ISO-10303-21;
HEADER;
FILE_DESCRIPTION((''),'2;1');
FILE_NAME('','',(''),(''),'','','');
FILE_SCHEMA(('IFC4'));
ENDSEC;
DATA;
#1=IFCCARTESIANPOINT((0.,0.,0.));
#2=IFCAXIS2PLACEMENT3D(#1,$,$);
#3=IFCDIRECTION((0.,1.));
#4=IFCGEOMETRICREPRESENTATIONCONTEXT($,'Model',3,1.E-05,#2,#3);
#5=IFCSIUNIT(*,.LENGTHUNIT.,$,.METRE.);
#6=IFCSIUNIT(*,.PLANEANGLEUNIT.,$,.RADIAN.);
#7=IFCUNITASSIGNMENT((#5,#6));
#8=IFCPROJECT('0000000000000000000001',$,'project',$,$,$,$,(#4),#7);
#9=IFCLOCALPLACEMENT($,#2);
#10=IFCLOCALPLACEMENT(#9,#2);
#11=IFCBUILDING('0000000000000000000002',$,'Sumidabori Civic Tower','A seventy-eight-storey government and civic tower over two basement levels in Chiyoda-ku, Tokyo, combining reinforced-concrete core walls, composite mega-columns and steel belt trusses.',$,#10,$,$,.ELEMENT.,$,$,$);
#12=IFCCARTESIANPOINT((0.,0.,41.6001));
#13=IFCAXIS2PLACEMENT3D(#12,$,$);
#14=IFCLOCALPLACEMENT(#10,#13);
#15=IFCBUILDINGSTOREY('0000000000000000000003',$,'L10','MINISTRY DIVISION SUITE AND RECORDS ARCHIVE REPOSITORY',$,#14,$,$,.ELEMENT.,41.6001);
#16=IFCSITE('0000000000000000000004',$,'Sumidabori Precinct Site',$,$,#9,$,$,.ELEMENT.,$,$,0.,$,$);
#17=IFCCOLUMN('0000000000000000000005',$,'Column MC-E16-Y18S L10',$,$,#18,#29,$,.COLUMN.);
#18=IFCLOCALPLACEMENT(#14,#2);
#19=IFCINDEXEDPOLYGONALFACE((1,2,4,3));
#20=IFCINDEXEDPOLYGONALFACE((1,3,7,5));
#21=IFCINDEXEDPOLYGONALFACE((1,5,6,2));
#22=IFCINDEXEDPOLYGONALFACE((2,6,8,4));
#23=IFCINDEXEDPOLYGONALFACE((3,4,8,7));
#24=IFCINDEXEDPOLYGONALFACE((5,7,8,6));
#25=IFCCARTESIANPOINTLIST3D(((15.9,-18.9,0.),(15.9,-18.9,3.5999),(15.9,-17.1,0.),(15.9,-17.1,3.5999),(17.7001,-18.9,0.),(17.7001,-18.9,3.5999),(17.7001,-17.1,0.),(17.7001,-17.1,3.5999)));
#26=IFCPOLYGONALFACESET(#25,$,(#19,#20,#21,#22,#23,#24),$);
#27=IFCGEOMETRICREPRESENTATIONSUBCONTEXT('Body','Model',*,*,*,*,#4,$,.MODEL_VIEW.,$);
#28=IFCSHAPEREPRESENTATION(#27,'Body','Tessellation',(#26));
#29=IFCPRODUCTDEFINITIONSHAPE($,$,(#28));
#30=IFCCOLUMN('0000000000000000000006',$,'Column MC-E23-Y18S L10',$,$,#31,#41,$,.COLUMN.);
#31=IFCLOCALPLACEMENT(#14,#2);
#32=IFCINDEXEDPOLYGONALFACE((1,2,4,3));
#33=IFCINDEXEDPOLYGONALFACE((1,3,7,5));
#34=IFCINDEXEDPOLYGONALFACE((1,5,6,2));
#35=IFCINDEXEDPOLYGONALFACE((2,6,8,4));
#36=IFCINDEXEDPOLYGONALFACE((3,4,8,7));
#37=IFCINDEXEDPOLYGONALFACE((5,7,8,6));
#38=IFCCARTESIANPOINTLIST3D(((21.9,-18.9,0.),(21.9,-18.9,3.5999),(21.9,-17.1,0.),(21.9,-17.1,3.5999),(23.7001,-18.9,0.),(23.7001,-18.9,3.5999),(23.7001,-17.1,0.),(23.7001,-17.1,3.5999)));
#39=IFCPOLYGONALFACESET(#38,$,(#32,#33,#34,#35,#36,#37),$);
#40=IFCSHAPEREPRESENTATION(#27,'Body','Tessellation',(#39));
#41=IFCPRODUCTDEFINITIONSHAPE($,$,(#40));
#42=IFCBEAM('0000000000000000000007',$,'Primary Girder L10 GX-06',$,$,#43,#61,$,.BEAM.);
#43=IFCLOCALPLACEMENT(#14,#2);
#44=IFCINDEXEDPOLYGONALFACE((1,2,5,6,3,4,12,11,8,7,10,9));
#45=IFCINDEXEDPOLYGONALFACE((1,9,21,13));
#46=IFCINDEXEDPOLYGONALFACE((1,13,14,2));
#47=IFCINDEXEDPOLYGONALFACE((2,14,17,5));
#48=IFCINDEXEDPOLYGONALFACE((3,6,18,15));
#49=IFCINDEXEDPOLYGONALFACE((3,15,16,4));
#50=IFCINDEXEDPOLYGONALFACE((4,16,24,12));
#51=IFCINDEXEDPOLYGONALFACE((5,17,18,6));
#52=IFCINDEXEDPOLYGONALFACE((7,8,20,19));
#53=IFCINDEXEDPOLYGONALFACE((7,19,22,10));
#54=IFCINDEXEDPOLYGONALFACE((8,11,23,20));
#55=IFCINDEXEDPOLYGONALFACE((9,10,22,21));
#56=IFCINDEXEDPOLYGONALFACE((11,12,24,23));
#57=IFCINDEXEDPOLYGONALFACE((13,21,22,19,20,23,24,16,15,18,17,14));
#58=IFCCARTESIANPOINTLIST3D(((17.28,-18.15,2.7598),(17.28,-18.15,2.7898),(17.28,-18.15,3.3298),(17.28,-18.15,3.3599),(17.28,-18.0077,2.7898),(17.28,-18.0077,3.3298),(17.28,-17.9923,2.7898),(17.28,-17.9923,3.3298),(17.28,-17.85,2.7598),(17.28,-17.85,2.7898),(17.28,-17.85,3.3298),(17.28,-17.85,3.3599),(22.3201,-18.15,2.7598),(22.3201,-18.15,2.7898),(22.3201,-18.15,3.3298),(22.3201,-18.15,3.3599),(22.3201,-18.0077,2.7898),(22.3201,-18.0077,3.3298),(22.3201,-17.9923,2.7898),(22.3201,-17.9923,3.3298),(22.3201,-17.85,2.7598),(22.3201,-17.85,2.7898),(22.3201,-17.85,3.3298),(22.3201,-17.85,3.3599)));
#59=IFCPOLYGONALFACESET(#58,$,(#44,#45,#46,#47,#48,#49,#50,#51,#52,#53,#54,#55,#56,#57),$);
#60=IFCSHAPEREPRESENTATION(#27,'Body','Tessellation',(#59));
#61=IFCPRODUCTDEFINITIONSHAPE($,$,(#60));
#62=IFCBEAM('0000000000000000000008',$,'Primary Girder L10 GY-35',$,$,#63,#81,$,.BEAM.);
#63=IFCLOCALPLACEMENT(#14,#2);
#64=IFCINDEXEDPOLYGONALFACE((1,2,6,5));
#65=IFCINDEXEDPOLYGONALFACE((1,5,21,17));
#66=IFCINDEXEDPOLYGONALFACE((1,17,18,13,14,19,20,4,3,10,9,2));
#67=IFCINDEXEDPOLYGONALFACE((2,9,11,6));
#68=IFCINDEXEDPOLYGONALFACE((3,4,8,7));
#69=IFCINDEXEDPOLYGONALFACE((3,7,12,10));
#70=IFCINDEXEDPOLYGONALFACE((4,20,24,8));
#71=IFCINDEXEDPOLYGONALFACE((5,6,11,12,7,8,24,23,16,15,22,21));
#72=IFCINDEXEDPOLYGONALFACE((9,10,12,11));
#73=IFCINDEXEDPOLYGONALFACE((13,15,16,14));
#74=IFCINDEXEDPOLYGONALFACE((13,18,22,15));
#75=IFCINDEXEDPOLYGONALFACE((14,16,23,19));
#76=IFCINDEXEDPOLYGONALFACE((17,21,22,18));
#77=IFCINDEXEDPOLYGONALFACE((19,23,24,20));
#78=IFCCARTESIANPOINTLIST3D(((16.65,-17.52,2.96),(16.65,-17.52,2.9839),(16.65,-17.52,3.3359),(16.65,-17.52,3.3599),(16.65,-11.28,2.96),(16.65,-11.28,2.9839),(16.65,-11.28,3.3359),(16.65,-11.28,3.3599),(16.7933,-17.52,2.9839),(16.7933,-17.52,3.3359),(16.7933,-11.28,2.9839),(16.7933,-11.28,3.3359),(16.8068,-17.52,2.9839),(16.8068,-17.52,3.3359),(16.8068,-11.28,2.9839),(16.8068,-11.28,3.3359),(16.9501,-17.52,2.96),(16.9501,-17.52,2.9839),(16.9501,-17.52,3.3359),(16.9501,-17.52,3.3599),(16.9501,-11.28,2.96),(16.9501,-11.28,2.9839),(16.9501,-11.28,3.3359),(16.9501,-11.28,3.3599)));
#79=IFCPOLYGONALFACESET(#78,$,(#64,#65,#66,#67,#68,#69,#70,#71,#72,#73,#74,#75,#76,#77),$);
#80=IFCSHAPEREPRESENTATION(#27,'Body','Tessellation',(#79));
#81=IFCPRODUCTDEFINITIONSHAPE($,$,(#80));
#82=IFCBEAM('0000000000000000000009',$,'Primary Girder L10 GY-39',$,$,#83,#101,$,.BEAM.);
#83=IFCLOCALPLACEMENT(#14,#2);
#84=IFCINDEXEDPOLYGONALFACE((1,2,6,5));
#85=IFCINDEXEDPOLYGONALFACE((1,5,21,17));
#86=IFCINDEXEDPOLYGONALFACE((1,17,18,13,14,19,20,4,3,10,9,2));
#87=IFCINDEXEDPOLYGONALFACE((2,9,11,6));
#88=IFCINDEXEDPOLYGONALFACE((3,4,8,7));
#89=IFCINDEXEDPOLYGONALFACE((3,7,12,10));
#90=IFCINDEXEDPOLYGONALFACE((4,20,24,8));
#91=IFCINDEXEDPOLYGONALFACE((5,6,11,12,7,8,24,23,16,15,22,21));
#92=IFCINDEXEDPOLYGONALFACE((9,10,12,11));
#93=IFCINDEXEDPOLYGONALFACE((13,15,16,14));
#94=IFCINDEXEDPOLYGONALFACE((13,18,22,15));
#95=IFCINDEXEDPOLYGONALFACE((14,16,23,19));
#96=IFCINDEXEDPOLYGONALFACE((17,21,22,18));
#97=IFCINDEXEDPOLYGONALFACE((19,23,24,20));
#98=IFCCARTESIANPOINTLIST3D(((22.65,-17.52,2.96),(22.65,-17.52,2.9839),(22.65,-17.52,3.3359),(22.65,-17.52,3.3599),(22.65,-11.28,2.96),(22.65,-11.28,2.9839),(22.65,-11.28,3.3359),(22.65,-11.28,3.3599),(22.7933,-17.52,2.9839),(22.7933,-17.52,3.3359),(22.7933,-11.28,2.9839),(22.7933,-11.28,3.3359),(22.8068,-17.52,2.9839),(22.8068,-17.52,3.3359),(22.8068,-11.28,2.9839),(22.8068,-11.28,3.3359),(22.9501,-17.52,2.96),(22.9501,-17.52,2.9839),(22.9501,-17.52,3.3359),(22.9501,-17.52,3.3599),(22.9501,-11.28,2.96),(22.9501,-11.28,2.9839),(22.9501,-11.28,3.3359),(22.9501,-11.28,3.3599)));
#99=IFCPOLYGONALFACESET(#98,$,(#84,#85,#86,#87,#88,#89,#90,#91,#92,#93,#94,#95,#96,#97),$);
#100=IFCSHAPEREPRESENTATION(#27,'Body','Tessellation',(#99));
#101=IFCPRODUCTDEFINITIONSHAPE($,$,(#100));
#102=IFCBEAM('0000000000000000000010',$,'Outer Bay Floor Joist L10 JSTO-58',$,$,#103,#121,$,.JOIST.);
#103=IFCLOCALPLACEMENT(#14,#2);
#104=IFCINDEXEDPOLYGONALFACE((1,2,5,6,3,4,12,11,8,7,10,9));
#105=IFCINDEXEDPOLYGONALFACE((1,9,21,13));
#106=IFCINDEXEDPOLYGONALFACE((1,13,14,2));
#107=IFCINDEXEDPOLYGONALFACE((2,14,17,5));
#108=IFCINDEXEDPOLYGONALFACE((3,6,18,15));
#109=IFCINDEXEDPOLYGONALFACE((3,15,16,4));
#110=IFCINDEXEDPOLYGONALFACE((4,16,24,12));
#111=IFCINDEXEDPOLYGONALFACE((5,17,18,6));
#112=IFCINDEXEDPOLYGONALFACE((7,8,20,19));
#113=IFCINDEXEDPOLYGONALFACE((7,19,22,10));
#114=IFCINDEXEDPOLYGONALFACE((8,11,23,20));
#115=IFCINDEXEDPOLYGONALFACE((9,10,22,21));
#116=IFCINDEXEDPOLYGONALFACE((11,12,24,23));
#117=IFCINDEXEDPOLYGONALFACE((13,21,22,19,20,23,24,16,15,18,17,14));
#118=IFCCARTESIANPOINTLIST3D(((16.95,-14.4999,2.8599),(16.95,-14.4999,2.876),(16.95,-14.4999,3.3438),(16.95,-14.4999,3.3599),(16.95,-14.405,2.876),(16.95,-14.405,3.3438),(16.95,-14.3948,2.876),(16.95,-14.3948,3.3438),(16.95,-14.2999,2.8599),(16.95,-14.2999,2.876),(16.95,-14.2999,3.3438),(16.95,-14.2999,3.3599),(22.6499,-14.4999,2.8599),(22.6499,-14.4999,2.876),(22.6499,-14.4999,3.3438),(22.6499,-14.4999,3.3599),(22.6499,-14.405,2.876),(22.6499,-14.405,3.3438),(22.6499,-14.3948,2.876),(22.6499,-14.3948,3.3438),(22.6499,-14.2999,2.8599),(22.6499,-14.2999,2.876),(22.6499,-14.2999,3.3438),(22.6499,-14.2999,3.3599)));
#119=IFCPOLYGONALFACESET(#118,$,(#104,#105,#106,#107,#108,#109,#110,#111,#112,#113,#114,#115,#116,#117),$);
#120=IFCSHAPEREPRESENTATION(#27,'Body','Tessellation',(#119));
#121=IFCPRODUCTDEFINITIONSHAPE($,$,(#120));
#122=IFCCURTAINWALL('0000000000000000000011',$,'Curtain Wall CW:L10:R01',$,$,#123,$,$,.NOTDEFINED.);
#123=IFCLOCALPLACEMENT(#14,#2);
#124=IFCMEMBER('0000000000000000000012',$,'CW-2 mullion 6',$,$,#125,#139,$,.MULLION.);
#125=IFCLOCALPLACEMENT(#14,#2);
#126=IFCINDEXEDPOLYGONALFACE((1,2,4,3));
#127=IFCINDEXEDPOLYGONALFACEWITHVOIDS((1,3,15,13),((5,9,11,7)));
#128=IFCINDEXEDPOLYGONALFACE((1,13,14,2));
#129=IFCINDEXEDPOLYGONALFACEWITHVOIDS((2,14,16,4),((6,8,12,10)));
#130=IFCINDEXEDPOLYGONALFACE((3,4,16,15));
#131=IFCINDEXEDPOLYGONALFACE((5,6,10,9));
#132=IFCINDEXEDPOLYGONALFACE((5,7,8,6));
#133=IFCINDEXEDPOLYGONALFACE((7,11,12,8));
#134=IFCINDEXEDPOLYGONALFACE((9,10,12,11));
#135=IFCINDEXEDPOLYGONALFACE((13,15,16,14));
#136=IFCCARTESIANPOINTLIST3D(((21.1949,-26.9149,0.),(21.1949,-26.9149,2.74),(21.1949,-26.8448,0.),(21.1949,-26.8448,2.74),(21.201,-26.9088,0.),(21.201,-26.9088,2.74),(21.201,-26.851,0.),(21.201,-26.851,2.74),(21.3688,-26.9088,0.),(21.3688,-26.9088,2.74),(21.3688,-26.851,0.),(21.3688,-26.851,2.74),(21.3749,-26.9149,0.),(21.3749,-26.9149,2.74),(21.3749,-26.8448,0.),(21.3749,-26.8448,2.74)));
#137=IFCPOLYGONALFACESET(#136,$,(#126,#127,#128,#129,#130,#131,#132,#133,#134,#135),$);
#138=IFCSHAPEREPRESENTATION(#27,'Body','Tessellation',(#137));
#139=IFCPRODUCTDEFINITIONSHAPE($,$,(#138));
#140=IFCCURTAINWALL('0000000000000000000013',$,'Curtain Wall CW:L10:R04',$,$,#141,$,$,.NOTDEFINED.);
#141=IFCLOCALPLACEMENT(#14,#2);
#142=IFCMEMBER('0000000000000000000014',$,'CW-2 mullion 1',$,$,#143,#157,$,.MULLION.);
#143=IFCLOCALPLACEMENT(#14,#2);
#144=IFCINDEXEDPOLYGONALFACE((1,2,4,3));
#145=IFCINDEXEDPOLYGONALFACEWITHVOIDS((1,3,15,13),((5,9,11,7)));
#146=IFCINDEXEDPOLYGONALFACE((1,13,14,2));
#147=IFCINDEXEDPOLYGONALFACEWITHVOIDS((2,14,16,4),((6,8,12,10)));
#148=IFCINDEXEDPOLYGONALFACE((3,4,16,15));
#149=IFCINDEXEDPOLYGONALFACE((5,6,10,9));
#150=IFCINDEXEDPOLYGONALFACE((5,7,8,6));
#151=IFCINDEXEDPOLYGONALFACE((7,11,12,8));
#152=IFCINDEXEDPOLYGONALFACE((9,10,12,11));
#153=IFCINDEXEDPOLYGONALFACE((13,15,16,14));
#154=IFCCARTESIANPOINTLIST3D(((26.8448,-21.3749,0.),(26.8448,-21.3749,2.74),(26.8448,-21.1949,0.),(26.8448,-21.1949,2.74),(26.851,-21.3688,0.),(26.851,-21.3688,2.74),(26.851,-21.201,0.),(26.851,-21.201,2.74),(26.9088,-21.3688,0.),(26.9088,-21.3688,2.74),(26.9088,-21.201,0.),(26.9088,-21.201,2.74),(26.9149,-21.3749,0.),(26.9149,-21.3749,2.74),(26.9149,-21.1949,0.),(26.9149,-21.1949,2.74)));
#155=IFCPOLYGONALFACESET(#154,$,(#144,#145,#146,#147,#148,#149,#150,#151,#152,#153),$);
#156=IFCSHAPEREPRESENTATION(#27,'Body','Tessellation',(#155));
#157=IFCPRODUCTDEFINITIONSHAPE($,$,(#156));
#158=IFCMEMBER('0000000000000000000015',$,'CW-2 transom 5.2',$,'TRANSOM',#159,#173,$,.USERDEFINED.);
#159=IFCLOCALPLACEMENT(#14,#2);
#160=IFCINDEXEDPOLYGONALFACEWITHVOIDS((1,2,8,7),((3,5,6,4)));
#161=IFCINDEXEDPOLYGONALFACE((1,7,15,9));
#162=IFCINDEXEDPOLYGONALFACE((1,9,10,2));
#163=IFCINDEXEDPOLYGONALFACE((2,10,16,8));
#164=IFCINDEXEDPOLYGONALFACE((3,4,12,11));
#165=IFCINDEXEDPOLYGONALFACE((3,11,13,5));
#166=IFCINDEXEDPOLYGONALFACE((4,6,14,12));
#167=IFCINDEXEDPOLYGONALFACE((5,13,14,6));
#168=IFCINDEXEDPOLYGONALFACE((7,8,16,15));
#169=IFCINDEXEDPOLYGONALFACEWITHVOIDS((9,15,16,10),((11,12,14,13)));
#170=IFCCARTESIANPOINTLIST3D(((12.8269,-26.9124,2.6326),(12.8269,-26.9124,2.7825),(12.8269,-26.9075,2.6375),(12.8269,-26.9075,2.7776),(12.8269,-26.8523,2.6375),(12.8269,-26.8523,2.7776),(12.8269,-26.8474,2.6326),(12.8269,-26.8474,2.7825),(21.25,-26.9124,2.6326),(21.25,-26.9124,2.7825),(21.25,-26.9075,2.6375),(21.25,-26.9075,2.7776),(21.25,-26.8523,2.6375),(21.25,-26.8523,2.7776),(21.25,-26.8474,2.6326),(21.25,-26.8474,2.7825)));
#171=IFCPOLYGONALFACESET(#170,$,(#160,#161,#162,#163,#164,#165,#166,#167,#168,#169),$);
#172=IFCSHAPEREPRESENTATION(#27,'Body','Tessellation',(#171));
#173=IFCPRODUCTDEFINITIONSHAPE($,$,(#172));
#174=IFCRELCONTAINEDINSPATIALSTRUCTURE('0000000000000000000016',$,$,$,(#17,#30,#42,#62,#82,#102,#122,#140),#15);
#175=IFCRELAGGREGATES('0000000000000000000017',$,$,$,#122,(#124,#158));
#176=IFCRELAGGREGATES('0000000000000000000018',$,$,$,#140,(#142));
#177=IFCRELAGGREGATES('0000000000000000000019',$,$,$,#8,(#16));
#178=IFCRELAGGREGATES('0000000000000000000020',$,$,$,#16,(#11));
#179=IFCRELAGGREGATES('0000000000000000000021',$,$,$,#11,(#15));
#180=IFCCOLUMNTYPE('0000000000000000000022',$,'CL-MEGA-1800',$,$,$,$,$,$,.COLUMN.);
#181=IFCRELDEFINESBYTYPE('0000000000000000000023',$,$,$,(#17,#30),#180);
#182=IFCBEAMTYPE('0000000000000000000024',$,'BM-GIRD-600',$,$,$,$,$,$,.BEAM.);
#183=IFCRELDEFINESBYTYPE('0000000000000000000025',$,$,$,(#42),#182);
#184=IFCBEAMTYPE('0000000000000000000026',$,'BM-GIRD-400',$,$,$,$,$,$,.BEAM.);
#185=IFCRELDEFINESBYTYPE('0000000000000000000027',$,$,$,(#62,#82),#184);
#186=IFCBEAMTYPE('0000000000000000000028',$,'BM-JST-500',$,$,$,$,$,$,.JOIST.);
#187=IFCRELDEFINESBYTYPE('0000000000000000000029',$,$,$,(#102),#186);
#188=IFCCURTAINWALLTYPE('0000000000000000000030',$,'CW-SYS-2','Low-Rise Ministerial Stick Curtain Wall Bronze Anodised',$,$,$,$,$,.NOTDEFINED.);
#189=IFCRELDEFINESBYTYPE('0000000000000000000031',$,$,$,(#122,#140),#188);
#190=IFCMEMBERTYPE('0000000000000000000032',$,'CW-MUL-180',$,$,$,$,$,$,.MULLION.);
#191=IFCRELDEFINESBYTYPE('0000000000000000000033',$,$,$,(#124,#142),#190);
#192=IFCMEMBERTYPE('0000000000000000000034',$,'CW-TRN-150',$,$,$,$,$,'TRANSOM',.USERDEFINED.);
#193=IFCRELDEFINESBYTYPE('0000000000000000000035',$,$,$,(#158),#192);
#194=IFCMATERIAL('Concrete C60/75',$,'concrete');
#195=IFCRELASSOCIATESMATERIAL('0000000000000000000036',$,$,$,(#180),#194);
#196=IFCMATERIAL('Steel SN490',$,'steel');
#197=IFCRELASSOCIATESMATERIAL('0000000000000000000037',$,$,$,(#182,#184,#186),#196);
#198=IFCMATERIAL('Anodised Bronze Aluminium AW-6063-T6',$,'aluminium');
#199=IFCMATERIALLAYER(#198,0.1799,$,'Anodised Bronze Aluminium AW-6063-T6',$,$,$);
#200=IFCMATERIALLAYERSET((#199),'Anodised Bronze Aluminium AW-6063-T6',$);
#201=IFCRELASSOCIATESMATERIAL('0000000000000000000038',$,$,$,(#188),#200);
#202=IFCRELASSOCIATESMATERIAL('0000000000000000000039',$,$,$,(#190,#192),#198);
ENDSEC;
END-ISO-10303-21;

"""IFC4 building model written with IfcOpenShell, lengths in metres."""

from ifc_helpers import new_model, si_unit, direction, frame, origin, origin_2d, place, context, subcontext, project, spatial, rectangle, hollow_rectangle, i_section, extrude, source, transform, mapped, material, layer, layer_set, material_profile, profile_set, type_object, element, aggregate, save


model = new_model("IFC4")

# Units and contexts
model_context = context("Model", 3, precision=1e-05, world=origin(), true_north=direction((0.0, 1.0)))
body_context = subcontext(model_context, "Body", "Model", "MODEL_VIEW")
ifc_project = project(units=[si_unit("LENGTHUNIT", "METRE"), si_unit("PLANEANGLEUNIT", "RADIAN")], contexts=[model_context])

# Site, building, storey
site_placement = place(None, origin())
site = spatial("IfcSite", under=ifc_project, at=site_placement, Name="Sumidabori Precinct Site", CompositionType="ELEMENT", RefElevation=0.0)
building_placement = place(site_placement, origin())
building = spatial("IfcBuilding", under=site, at=building_placement, Name="Sumidabori Civic Tower", Description="A seventy-eight-storey government and civic tower over two basement levels in Chiyoda-ku, Tokyo, combining reinforced-concrete core walls, composite mega-columns and steel belt trusses.", CompositionType="ELEMENT")
storey_placement = place(building_placement, frame((0.0, 0.0, 41.6001)))
storey = spatial("IfcBuildingStorey", under=building, at=storey_placement, Name="L10", Description="MINISTRY DIVISION SUITE AND RECORDS ARCHIVE REPOSITORY", CompositionType="ELEMENT", Elevation=41.6001)

# Columns
ifc_material_1 = material(Name="Concrete C60/75", Category="concrete")
ifc_material_profile_1 = material_profile(ifc_material_1, rectangle(XDim=1.8, YDim=1.8, at=origin_2d()), Name="RC 1800x1800")
ifc_profile_set_1 = profile_set([ifc_material_profile_1], Name="Concrete C60/75")
column_type = type_object("IfcColumnType", Name="CL-MEGA-1800", PredefinedType="COLUMN", material=ifc_profile_set_1)
shared_shape_1 = source(origin(), body_context, "Body", "SweptSolid", [
    extrude(rectangle(XDim=1.8, YDim=1.8, at=origin_2d()), origin(), (0.0, 0.0, 1.0), 3.5999),
])
for number, where, z_axis, x_axis, name in (
    (1, (16.8, -18.0, 0.0), (0.0, 0.0, 1.0), (1.0, 0.0, 0.0), "Column MC-E16-Y18S L10"),
    (2, (22.8, -18.0, 0.0), (0.0, 0.0, 1.0), (1.0, 0.0, 0.0), "Column MC-E23-Y18S L10"),
):
    element("IfcColumn", number, at=place(storey_placement, frame(where, z_axis=z_axis, x_axis=x_axis)), inside=storey, type_object=column_type, Name=name, PredefinedType="COLUMN", context=body_context, shape_type="MappedRepresentation", body=[
        mapped(shared_shape_1, transform((0.0, 0.0, 0.0), x_axis=(1.0, 0.0, 0.0), y_axis=(0.0, 1.0, 0.0), z_axis=(0.0, 0.0, 1.0), scale=1.0)),
    ])

# Beams
ifc_material_2 = material(Name="Steel SN490", Category="steel")
ifc_material_profile_2 = material_profile(ifc_material_2, i_section(OverallWidth=0.3, OverallDepth=0.6001, WebThickness=0.0154, FlangeThickness=0.03, at=origin_2d()), Name="HE 600 B")
ifc_profile_set_2 = profile_set([ifc_material_profile_2], Name="Steel SN490")
beam_type_1 = type_object("IfcBeamType", Name="BM-GIRD-600", PredefinedType="BEAM", material=ifc_profile_set_2)
shared_shape_2 = source(origin(), body_context, "Body", "SweptSolid", [
    extrude(i_section(OverallWidth=0.3, OverallDepth=0.6001, WebThickness=0.0154, FlangeThickness=0.03, at=origin_2d()), origin(), (0.0, 0.0, 1.0), 5.04),
])
beam_1_placement = place(storey_placement, frame((17.28, -18.0, 3.0598), z_axis=(1.0, 0.0, 0.0), x_axis=(0.0, 1.0, 0.0)))
element("IfcBeam", 3, at=beam_1_placement, inside=storey, type_object=beam_type_1, Name="Primary Girder L10 GX-06", PredefinedType="BEAM", context=body_context, shape_type="MappedRepresentation", body=[
    mapped(shared_shape_2, transform((0.0, 0.0, 0.0), x_axis=(1.0, 0.0, 0.0), y_axis=(0.0, 1.0, 0.0), z_axis=(0.0, 0.0, 1.0), scale=1.0)),
])
ifc_material_profile_3 = material_profile(ifc_material_2, i_section(OverallWidth=0.3, OverallDepth=0.3999, WebThickness=0.0134, FlangeThickness=0.0239, at=origin_2d()), Name="HE 400 B")
ifc_profile_set_3 = profile_set([ifc_material_profile_3], Name="Steel SN490")
beam_type_2 = type_object("IfcBeamType", Name="BM-GIRD-400", PredefinedType="BEAM", material=ifc_profile_set_3)
shared_shape_3 = source(origin(), body_context, "Body", "SweptSolid", [
    extrude(i_section(OverallWidth=0.3, OverallDepth=0.3999, WebThickness=0.0134, FlangeThickness=0.0239, at=origin_2d()), origin(), (0.0, 0.0, 1.0), 6.24),
])
for number, where, z_axis, x_axis, name in (
    (4, (16.8, -17.52, 3.1599), (0.0, 1.0, 0.0), (-1.0, 0.0, 0.0), "Primary Girder L10 GY-35"),
    (5, (22.8, -17.52, 3.1599), (0.0, 1.0, 0.0), (-1.0, 0.0, 0.0), "Primary Girder L10 GY-39"),
):
    element("IfcBeam", number, at=place(storey_placement, frame(where, z_axis=z_axis, x_axis=x_axis)), inside=storey, type_object=beam_type_2, Name=name, PredefinedType="BEAM", context=body_context, shape_type="MappedRepresentation", body=[
        mapped(shared_shape_3, transform((0.0, 0.0, 0.0), x_axis=(1.0, 0.0, 0.0), y_axis=(0.0, 1.0, 0.0), z_axis=(0.0, 0.0, 1.0), scale=1.0)),
    ])
ifc_material_profile_4 = material_profile(ifc_material_2, i_section(OverallWidth=0.2, OverallDepth=0.5, WebThickness=0.0103, FlangeThickness=0.0161, at=origin_2d()), Name="IPE 500")
ifc_profile_set_4 = profile_set([ifc_material_profile_4], Name="Steel SN490")
beam_type_3 = type_object("IfcBeamType", Name="BM-JST-500", PredefinedType="JOIST", material=ifc_profile_set_4)
shared_shape_4 = source(origin(), body_context, "Body", "SweptSolid", [
    extrude(i_section(OverallWidth=0.2, OverallDepth=0.5, WebThickness=0.0103, FlangeThickness=0.0161, at=origin_2d()), origin(), (0.0, 0.0, 1.0), 5.7),
])
beam_2_placement = place(storey_placement, frame((16.95, -14.3999, 3.1099), z_axis=(1.0, 0.0, 0.0), x_axis=(0.0, 1.0, 0.0)))
element("IfcBeam", 6, at=beam_2_placement, inside=storey, type_object=beam_type_3, Name="Outer Bay Floor Joist L10 JSTO-58", PredefinedType="JOIST", context=body_context, shape_type="MappedRepresentation", body=[
    mapped(shared_shape_4, transform((0.0, 0.0, 0.0), x_axis=(1.0, 0.0, 0.0), y_axis=(0.0, 1.0, 0.0), z_axis=(0.0, 0.0, 1.0), scale=1.0)),
])

# Curtain walls, members
ifc_material_3 = material(Name="Anodised Bronze Aluminium AW-6063-T6", Category="aluminium")
ifc_layer_1 = layer(ifc_material_3, 0.1799, Name="Anodised Bronze Aluminium AW-6063-T6")
ifc_layer_set_1 = layer_set([ifc_layer_1], Name="Anodised Bronze Aluminium AW-6063-T6")
curtain_wall_type = type_object("IfcCurtainWallType", Name="CW-SYS-2", Description="Low-Rise Ministerial Stick Curtain Wall Bronze Anodised", PredefinedType="NOTDEFINED", material=ifc_layer_set_1)
curtain_wall_1_placement = place(storey_placement, origin())
curtain_wall_1 = element("IfcCurtainWall", 7, at=curtain_wall_1_placement, inside=storey, type_object=curtain_wall_type, Name="Curtain Wall CW:L10:R01", PredefinedType="NOTDEFINED")
ifc_material_profile_5 = material_profile(ifc_material_3, hollow_rectangle(XDim=0.0701, YDim=0.1799, WallThickness=0.0061, at=origin_2d()), Name="ALU MULLION 180x70")
ifc_profile_set_5 = profile_set([ifc_material_profile_5], Name="Anodised Bronze Aluminium AW-6063-T6")
member_type_1 = type_object("IfcMemberType", Name="CW-MUL-180", PredefinedType="MULLION", material=ifc_profile_set_5)
shared_shape_5 = source(origin(), body_context, "Body", "SweptSolid", [
    extrude(hollow_rectangle(XDim=0.0701, YDim=0.1799, WallThickness=0.0061, at=origin_2d()), origin(), (0.0, 0.0, 1.0), 2.74),
])
member_1_placement = place(storey_placement, frame((21.2849, -26.8799, 0.0), z_axis=(0.0, 0.0, 1.0), x_axis=(0.0, 1.0, 0.0)))
member_1 = element("IfcMember", 8, at=member_1_placement, type_object=member_type_1, Name="CW-2 mullion 6", PredefinedType="MULLION", context=body_context, shape_type="MappedRepresentation", body=[
    mapped(shared_shape_5, transform((0.0, 0.0, 0.0), x_axis=(1.0, 0.0, 0.0), y_axis=(0.0, 1.0, 0.0), z_axis=(0.0, 0.0, 1.0), scale=1.0)),
])
curtain_wall_2_placement = place(storey_placement, origin())
curtain_wall_2 = element("IfcCurtainWall", 9, at=curtain_wall_2_placement, inside=storey, type_object=curtain_wall_type, Name="Curtain Wall CW:L10:R04", PredefinedType="NOTDEFINED")
member_2_placement = place(storey_placement, frame((26.8799, -21.2849, 0.0), z_axis=(0.0, 0.0, 1.0), x_axis=(-1.0, 0.0, 0.0)))
member_2 = element("IfcMember", 10, at=member_2_placement, type_object=member_type_1, Name="CW-2 mullion 1", PredefinedType="MULLION", context=body_context, shape_type="MappedRepresentation", body=[
    mapped(shared_shape_5, transform((0.0, 0.0, 0.0), x_axis=(1.0, 0.0, 0.0), y_axis=(0.0, 1.0, 0.0), z_axis=(0.0, 0.0, 1.0), scale=1.0)),
])

# Member
ifc_material_profile_6 = material_profile(ifc_material_3, hollow_rectangle(XDim=0.0649, YDim=0.1499, WallThickness=0.0049, at=origin_2d()), Name="ALU TRANSOM 150x65")
ifc_profile_set_6 = profile_set([ifc_material_profile_6], Name="Anodised Bronze Aluminium AW-6063-T6")
member_type_2 = type_object("IfcMemberType", Name="CW-TRN-150", ElementType="TRANSOM", PredefinedType="USERDEFINED", material=ifc_profile_set_6)
shared_shape_6 = source(origin(), body_context, "Body", "SweptSolid", [
    extrude(hollow_rectangle(XDim=0.0649, YDim=0.1499, WallThickness=0.0049, at=origin_2d()), origin(), (0.0, 0.0, 1.0), 8.4231),
])
member_3_placement = place(storey_placement, frame((12.8269, -26.8799, 2.7075), z_axis=(1.0, 0.0, 0.0), x_axis=(0.0, 1.0, 0.0)))
member_3 = element("IfcMember", 11, at=member_3_placement, type_object=member_type_2, Name="CW-2 transom 5.2", ObjectType="TRANSOM", PredefinedType="USERDEFINED", context=body_context, shape_type="MappedRepresentation", body=[
    mapped(shared_shape_6, transform((0.0, 0.0, 0.0), x_axis=(1.0, 0.0, 0.0), y_axis=(0.0, 1.0, 0.0), z_axis=(0.0, 0.0, 1.0), scale=1.0)),
])

aggregate(curtain_wall_1, [member_1, member_3])
aggregate(curtain_wall_2, [member_2])

save(model, "model.ifc")
